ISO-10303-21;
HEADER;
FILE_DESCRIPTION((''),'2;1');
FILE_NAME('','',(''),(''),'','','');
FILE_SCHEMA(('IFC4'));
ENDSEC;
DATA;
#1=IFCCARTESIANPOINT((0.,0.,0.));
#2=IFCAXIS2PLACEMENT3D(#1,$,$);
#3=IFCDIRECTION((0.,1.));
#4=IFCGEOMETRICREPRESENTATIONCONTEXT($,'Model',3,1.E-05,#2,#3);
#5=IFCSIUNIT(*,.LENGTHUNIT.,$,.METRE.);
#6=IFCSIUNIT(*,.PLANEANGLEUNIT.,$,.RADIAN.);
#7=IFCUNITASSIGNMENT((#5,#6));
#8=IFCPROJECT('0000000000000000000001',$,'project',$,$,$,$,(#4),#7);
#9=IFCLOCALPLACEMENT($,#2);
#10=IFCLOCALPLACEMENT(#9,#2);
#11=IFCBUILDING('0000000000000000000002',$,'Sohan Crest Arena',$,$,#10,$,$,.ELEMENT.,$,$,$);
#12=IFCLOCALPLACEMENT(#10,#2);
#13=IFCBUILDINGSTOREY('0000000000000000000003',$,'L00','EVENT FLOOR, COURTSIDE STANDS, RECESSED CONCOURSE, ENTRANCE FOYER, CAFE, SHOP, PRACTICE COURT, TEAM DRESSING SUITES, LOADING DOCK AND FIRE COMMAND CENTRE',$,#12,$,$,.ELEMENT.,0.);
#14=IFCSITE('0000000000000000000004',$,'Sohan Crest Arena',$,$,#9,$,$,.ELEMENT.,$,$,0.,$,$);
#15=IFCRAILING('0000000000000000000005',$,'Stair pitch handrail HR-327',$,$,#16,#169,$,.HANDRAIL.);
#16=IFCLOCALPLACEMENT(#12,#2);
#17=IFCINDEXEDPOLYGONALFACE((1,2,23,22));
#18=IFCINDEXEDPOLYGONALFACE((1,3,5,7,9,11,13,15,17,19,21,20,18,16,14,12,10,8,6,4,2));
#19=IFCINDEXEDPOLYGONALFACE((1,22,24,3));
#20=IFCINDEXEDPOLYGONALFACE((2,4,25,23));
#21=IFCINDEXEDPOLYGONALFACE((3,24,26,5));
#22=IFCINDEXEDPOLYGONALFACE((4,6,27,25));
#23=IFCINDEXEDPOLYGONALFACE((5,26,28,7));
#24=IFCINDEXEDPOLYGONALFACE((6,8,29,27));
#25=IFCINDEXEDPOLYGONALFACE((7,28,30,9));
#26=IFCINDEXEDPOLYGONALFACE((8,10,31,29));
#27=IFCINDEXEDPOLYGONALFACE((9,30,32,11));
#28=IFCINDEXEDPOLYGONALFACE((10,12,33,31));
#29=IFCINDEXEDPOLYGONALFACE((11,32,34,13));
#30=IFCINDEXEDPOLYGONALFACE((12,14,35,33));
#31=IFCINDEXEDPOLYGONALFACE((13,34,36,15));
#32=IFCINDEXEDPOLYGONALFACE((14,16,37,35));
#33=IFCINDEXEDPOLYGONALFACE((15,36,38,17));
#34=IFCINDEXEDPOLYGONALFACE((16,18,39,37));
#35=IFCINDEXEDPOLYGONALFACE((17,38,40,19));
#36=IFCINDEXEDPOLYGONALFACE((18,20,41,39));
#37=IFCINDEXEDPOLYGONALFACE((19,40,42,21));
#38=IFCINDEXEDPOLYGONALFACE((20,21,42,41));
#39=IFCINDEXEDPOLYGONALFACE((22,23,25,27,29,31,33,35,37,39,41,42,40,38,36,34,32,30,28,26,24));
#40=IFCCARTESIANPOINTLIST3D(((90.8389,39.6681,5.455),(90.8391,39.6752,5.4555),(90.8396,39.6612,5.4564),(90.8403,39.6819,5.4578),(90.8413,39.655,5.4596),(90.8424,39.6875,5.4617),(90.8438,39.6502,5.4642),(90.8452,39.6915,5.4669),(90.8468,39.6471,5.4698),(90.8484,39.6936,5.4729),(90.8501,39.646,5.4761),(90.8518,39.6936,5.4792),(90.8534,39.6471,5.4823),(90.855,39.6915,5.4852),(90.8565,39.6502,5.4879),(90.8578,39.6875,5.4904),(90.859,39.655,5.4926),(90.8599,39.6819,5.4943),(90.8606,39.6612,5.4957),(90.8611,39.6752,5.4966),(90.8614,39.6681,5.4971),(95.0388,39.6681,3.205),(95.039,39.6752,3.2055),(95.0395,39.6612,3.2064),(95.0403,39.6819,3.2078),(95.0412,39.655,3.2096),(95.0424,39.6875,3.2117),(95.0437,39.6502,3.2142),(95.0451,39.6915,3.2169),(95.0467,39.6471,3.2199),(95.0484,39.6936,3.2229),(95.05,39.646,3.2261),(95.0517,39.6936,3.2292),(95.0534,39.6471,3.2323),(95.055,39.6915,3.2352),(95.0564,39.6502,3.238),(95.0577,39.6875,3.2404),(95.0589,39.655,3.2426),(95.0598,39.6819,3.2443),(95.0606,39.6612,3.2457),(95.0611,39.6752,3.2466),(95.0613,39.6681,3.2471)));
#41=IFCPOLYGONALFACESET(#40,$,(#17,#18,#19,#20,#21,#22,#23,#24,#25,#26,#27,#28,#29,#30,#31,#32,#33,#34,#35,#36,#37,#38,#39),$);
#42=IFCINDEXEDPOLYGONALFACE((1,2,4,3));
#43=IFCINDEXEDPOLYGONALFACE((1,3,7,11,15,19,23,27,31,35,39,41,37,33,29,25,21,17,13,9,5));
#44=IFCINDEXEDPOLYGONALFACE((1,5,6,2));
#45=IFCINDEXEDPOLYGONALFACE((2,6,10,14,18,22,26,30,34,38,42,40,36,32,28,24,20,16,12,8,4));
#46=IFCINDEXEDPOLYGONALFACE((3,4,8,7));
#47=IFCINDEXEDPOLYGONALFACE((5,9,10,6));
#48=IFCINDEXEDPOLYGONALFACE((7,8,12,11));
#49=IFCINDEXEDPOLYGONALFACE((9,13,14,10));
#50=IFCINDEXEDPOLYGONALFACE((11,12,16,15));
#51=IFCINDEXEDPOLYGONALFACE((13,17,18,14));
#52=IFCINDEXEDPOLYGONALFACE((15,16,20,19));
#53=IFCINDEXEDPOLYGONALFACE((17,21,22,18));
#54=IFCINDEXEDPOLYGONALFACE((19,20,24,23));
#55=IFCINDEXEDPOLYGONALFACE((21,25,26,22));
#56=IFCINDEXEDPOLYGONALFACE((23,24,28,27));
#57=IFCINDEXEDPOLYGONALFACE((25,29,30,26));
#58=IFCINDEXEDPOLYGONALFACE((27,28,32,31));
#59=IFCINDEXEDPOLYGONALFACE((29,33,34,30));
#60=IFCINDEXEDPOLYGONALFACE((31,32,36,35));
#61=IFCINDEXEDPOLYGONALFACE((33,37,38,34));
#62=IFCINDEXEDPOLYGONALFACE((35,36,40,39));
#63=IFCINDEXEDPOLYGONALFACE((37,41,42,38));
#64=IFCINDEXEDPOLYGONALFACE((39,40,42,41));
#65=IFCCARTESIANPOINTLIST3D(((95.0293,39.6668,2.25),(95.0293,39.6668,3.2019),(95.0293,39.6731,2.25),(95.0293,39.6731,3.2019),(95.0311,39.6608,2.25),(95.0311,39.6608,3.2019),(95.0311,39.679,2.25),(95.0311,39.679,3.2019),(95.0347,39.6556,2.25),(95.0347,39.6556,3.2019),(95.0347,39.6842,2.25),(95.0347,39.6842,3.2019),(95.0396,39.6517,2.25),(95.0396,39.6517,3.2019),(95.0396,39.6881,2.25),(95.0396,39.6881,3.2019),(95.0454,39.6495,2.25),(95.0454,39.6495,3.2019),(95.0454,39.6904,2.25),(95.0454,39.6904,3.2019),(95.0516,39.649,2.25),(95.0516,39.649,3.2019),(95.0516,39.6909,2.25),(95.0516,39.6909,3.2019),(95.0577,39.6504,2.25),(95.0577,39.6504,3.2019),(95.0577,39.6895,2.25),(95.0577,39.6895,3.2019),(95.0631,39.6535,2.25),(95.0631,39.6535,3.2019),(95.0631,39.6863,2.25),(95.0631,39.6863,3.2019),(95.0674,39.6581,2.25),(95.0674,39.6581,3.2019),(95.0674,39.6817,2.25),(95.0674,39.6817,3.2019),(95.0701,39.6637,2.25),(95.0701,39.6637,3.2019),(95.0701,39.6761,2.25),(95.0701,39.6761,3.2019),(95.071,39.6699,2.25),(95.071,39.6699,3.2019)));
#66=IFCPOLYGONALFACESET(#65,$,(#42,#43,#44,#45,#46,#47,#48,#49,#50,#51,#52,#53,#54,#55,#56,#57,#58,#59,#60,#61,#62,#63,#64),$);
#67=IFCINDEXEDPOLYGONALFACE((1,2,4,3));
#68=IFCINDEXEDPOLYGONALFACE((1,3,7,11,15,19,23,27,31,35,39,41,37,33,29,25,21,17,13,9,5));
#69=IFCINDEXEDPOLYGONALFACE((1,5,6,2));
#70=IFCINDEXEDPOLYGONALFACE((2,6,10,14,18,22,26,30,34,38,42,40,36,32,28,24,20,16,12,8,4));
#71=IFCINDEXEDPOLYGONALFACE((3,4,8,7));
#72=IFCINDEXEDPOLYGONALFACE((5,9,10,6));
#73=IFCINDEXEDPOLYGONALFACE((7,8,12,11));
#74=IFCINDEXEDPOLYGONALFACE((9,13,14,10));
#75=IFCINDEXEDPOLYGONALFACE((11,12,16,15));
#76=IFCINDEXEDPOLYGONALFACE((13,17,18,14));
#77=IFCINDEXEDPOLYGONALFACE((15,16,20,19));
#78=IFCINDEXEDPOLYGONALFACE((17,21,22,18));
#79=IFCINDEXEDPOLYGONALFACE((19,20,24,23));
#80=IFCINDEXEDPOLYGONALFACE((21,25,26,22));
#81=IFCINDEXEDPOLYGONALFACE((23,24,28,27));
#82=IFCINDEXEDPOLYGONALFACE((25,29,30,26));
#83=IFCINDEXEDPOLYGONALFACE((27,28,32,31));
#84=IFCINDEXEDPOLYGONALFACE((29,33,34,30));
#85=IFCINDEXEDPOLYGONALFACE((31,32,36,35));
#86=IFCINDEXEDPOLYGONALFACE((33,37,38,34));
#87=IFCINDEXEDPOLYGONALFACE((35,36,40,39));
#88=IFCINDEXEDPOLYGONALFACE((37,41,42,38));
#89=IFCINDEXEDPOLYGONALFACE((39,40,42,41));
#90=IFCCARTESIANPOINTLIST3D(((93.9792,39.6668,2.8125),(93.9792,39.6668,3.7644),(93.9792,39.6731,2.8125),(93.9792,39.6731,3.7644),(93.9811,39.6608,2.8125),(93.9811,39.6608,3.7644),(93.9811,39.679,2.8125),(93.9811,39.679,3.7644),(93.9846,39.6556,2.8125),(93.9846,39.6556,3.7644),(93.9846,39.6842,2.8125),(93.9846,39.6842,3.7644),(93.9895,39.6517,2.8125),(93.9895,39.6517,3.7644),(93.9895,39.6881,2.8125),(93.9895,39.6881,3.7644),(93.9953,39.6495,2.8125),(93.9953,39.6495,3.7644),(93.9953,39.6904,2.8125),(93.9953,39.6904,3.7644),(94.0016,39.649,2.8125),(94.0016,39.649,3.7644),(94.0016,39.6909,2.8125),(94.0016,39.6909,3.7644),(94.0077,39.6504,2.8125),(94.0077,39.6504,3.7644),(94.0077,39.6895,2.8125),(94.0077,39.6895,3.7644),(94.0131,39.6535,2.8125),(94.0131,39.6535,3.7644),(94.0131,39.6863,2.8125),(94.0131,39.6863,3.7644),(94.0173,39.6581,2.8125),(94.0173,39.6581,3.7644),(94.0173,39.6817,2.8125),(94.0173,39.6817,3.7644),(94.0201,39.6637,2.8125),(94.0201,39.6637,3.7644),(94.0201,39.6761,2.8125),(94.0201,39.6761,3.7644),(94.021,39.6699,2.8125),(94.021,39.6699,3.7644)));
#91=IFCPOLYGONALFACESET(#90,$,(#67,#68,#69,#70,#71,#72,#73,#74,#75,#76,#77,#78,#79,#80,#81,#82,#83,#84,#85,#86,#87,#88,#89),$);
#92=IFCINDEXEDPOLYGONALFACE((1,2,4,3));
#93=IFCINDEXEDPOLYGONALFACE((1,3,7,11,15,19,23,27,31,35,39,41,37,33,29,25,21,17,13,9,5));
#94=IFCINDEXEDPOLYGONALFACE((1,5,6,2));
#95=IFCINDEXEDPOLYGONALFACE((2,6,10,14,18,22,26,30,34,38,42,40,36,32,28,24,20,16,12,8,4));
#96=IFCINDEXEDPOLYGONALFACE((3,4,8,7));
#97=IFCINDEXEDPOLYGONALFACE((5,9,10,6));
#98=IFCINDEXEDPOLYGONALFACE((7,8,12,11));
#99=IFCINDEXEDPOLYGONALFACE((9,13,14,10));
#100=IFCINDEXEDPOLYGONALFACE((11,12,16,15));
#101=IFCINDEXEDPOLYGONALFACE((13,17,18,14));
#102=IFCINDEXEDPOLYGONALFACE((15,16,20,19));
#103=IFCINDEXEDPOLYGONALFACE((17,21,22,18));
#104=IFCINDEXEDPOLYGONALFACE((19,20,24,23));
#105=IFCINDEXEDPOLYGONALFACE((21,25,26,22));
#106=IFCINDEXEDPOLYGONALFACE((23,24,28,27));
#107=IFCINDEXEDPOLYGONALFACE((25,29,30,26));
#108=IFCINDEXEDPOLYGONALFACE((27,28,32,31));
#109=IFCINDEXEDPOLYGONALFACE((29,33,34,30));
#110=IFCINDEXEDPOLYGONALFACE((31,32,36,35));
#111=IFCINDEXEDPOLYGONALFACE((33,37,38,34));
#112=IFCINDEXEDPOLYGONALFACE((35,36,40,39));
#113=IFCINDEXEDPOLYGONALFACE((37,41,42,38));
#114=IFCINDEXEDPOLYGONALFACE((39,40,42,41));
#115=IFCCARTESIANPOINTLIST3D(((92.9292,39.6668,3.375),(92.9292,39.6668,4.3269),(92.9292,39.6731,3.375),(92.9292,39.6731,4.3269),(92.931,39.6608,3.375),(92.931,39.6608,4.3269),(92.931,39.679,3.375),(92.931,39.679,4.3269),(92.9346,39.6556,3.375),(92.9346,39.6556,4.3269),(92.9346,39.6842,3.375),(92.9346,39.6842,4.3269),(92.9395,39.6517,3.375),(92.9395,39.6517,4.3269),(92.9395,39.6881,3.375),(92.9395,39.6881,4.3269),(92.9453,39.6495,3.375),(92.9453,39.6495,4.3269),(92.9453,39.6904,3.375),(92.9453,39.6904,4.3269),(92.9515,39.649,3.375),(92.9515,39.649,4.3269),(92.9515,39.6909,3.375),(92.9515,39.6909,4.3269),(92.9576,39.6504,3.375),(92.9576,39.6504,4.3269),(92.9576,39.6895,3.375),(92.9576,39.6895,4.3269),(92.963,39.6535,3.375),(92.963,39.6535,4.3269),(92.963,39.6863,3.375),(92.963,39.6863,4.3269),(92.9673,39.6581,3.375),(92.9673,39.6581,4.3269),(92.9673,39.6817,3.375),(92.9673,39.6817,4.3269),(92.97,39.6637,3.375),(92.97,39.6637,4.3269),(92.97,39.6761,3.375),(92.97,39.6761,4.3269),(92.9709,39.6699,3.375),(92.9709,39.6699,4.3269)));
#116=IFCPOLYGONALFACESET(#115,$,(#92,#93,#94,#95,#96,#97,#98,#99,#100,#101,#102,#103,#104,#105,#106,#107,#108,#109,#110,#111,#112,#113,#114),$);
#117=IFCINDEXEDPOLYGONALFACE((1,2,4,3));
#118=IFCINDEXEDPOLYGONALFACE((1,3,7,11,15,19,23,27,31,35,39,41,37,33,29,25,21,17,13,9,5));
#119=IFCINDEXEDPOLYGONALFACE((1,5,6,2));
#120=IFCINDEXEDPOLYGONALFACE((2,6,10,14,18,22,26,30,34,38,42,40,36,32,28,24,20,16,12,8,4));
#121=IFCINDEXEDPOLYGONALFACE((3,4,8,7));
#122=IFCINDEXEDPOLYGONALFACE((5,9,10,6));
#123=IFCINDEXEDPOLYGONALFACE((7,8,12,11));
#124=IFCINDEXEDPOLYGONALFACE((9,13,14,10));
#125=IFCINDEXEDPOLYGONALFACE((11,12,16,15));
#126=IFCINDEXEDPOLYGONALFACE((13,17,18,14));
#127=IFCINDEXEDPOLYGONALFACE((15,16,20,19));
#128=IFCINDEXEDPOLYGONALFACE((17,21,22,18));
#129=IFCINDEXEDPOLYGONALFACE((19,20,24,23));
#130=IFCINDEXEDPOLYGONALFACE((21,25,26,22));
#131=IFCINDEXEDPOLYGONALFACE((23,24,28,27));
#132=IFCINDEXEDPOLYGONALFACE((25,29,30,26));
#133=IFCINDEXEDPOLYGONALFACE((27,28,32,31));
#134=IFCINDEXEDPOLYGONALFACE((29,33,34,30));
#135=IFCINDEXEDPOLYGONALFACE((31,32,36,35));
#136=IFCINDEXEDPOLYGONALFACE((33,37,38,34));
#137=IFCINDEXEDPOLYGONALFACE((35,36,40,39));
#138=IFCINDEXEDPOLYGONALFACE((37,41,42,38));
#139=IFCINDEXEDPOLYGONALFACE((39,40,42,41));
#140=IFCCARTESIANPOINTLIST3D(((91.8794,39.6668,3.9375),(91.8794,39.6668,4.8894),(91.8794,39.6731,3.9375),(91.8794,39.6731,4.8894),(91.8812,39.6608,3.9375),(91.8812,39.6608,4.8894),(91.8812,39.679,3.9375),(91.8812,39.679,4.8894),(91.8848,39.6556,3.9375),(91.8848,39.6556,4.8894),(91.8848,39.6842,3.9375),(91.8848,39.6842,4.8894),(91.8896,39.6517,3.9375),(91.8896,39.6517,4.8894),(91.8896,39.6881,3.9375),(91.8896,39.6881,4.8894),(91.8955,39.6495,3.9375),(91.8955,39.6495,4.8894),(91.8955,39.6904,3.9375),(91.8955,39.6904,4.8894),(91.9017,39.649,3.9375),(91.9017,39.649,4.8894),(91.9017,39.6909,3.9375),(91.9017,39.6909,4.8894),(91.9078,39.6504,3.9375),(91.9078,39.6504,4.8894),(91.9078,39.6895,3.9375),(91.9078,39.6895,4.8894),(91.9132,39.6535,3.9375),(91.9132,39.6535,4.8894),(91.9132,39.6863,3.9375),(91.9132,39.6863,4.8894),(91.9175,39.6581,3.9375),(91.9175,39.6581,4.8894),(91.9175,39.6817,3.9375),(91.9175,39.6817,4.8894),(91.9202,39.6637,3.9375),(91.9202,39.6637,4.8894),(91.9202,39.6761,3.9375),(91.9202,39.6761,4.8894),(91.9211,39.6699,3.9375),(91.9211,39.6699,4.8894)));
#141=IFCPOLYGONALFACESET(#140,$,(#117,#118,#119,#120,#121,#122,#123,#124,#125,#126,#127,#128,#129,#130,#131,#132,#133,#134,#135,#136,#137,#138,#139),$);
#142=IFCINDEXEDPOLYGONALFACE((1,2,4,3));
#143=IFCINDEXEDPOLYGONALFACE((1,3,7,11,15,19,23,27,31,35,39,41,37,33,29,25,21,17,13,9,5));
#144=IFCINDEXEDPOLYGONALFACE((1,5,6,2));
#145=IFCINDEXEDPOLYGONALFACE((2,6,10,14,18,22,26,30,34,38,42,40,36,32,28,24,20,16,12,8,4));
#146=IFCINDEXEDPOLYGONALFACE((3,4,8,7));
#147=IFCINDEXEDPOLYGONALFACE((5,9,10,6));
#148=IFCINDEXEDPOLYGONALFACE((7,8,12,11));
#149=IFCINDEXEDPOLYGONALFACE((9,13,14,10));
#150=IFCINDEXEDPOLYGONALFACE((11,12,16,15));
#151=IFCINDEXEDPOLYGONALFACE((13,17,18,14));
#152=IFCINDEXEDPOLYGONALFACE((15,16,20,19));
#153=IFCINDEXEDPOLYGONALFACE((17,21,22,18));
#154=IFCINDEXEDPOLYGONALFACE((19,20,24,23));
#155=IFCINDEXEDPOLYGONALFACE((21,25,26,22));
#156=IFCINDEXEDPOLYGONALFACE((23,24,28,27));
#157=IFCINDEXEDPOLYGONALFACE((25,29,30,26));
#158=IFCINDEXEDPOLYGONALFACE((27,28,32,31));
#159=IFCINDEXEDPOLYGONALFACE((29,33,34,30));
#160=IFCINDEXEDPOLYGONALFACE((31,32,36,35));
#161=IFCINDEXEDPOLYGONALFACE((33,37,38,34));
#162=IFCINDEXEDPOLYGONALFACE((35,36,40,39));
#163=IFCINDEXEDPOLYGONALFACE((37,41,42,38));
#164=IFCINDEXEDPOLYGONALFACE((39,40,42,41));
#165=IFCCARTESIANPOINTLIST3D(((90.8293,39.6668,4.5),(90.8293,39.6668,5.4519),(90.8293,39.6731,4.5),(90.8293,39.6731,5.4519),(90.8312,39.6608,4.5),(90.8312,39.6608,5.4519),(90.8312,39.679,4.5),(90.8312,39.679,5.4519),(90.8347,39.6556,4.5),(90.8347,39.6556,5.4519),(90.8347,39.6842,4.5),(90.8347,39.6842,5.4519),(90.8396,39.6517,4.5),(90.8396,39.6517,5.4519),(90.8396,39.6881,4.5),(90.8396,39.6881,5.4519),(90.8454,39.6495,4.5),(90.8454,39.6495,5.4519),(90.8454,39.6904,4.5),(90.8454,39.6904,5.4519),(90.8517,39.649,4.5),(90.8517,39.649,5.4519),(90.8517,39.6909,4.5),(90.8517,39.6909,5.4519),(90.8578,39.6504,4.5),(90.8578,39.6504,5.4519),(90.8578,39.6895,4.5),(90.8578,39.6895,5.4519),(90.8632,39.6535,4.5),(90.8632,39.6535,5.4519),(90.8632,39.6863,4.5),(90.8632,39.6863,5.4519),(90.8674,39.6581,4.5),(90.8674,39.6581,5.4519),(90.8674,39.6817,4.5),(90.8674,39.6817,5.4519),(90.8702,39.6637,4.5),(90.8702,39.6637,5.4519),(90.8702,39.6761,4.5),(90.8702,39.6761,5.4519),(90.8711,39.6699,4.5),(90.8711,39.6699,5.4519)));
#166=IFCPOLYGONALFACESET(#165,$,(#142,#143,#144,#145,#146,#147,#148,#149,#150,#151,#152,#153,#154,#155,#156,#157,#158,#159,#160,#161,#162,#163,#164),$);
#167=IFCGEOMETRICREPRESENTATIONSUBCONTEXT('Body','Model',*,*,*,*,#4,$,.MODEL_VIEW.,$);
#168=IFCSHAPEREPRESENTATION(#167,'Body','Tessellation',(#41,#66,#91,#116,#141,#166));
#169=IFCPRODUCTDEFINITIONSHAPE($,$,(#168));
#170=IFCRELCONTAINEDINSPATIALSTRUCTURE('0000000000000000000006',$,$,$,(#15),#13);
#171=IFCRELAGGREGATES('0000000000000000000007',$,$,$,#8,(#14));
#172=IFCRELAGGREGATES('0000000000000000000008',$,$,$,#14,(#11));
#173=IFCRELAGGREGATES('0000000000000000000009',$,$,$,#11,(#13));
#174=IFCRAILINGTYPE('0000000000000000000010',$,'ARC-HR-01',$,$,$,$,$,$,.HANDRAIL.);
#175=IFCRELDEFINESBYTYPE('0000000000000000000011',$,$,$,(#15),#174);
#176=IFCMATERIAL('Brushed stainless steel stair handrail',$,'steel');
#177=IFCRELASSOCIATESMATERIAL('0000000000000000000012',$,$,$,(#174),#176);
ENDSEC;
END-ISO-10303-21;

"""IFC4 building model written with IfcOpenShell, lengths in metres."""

from ifc_helpers import new_model, si_unit, direction, frame, origin, origin_2d, place, context, subcontext, project, spatial, circle, extrude, material, type_object, element, save


model = new_model("IFC4")

# Units and contexts
model_context = context("Model", 3, precision=1e-05, world=origin(), true_north=direction((0.0, 1.0)))
body_context = subcontext(model_context, "Body", "Model", "MODEL_VIEW")
ifc_project = project(units=[si_unit("LENGTHUNIT", "METRE"), si_unit("PLANEANGLEUNIT", "RADIAN")], contexts=[model_context])

# Site, building, storey
site_placement = place(None, origin())
site = spatial("IfcSite", under=ifc_project, at=site_placement, Name="Sohan Crest Arena", CompositionType="ELEMENT", RefElevation=0.0)
building_placement = place(site_placement, origin())
building = spatial("IfcBuilding", under=site, at=building_placement, Name="Sohan Crest Arena", CompositionType="ELEMENT")
storey_placement = place(building_placement, origin())
storey = spatial("IfcBuildingStorey", under=building, at=storey_placement, Name="L00", Description="EVENT FLOOR, COURTSIDE STANDS, RECESSED CONCOURSE, ENTRANCE FOYER, CAFE, SHOP, PRACTICE COURT, TEAM DRESSING SUITES, LOADING DOCK AND FIRE COMMAND CENTRE", CompositionType="ELEMENT", Elevation=0.0)

# Railing
ifc_material_1 = material(Name="Brushed stainless steel stair handrail", Category="steel")
railing_type_1 = type_object("IfcRailingType", Name="ARC-HR-01", PredefinedType="HANDRAIL", material=ifc_material_1)
railing_1_placement = place(storey_placement, frame((95.05, 39.6699, 2.25)))
element("IfcRailing", 1, at=railing_1_placement, inside=storey, type_object=railing_type_1, Name="Stair pitch handrail HR-327", PredefinedType="HANDRAIL", context=body_context, shape_type="SweptSolid", body=[
    extrude(circle(Radius=0.0239, at=origin_2d()), frame((0.0, 0.0, 0.9761), z_axis=(-0.881478, 0.0, 0.472226), x_axis=(0.0, -1.0, 0.0)), (0.0, 0.0, 1.0), 4.7646),
    extrude(circle(Radius=0.021, at=origin_2d()), origin(), (0.0, 0.0, 1.0), 0.9519),
    extrude(circle(Radius=0.021, at=origin_2d()), frame((-1.05, 0.0, 0.5625)), (0.0, 0.0, 1.0), 0.9519),
    extrude(circle(Radius=0.021, at=origin_2d()), frame((-2.1001, 0.0, 1.125)), (0.0, 0.0, 1.0), 0.9519),
    extrude(circle(Radius=0.021, at=origin_2d()), frame((-3.1499, 0.0, 1.6875)), (0.0, 0.0, 1.0), 0.9519),
    extrude(circle(Radius=0.021, at=origin_2d()), frame((-4.2, 0.0, 2.25)), (0.0, 0.0, 1.0), 0.9519),
])

save(model, "model.ifc")
